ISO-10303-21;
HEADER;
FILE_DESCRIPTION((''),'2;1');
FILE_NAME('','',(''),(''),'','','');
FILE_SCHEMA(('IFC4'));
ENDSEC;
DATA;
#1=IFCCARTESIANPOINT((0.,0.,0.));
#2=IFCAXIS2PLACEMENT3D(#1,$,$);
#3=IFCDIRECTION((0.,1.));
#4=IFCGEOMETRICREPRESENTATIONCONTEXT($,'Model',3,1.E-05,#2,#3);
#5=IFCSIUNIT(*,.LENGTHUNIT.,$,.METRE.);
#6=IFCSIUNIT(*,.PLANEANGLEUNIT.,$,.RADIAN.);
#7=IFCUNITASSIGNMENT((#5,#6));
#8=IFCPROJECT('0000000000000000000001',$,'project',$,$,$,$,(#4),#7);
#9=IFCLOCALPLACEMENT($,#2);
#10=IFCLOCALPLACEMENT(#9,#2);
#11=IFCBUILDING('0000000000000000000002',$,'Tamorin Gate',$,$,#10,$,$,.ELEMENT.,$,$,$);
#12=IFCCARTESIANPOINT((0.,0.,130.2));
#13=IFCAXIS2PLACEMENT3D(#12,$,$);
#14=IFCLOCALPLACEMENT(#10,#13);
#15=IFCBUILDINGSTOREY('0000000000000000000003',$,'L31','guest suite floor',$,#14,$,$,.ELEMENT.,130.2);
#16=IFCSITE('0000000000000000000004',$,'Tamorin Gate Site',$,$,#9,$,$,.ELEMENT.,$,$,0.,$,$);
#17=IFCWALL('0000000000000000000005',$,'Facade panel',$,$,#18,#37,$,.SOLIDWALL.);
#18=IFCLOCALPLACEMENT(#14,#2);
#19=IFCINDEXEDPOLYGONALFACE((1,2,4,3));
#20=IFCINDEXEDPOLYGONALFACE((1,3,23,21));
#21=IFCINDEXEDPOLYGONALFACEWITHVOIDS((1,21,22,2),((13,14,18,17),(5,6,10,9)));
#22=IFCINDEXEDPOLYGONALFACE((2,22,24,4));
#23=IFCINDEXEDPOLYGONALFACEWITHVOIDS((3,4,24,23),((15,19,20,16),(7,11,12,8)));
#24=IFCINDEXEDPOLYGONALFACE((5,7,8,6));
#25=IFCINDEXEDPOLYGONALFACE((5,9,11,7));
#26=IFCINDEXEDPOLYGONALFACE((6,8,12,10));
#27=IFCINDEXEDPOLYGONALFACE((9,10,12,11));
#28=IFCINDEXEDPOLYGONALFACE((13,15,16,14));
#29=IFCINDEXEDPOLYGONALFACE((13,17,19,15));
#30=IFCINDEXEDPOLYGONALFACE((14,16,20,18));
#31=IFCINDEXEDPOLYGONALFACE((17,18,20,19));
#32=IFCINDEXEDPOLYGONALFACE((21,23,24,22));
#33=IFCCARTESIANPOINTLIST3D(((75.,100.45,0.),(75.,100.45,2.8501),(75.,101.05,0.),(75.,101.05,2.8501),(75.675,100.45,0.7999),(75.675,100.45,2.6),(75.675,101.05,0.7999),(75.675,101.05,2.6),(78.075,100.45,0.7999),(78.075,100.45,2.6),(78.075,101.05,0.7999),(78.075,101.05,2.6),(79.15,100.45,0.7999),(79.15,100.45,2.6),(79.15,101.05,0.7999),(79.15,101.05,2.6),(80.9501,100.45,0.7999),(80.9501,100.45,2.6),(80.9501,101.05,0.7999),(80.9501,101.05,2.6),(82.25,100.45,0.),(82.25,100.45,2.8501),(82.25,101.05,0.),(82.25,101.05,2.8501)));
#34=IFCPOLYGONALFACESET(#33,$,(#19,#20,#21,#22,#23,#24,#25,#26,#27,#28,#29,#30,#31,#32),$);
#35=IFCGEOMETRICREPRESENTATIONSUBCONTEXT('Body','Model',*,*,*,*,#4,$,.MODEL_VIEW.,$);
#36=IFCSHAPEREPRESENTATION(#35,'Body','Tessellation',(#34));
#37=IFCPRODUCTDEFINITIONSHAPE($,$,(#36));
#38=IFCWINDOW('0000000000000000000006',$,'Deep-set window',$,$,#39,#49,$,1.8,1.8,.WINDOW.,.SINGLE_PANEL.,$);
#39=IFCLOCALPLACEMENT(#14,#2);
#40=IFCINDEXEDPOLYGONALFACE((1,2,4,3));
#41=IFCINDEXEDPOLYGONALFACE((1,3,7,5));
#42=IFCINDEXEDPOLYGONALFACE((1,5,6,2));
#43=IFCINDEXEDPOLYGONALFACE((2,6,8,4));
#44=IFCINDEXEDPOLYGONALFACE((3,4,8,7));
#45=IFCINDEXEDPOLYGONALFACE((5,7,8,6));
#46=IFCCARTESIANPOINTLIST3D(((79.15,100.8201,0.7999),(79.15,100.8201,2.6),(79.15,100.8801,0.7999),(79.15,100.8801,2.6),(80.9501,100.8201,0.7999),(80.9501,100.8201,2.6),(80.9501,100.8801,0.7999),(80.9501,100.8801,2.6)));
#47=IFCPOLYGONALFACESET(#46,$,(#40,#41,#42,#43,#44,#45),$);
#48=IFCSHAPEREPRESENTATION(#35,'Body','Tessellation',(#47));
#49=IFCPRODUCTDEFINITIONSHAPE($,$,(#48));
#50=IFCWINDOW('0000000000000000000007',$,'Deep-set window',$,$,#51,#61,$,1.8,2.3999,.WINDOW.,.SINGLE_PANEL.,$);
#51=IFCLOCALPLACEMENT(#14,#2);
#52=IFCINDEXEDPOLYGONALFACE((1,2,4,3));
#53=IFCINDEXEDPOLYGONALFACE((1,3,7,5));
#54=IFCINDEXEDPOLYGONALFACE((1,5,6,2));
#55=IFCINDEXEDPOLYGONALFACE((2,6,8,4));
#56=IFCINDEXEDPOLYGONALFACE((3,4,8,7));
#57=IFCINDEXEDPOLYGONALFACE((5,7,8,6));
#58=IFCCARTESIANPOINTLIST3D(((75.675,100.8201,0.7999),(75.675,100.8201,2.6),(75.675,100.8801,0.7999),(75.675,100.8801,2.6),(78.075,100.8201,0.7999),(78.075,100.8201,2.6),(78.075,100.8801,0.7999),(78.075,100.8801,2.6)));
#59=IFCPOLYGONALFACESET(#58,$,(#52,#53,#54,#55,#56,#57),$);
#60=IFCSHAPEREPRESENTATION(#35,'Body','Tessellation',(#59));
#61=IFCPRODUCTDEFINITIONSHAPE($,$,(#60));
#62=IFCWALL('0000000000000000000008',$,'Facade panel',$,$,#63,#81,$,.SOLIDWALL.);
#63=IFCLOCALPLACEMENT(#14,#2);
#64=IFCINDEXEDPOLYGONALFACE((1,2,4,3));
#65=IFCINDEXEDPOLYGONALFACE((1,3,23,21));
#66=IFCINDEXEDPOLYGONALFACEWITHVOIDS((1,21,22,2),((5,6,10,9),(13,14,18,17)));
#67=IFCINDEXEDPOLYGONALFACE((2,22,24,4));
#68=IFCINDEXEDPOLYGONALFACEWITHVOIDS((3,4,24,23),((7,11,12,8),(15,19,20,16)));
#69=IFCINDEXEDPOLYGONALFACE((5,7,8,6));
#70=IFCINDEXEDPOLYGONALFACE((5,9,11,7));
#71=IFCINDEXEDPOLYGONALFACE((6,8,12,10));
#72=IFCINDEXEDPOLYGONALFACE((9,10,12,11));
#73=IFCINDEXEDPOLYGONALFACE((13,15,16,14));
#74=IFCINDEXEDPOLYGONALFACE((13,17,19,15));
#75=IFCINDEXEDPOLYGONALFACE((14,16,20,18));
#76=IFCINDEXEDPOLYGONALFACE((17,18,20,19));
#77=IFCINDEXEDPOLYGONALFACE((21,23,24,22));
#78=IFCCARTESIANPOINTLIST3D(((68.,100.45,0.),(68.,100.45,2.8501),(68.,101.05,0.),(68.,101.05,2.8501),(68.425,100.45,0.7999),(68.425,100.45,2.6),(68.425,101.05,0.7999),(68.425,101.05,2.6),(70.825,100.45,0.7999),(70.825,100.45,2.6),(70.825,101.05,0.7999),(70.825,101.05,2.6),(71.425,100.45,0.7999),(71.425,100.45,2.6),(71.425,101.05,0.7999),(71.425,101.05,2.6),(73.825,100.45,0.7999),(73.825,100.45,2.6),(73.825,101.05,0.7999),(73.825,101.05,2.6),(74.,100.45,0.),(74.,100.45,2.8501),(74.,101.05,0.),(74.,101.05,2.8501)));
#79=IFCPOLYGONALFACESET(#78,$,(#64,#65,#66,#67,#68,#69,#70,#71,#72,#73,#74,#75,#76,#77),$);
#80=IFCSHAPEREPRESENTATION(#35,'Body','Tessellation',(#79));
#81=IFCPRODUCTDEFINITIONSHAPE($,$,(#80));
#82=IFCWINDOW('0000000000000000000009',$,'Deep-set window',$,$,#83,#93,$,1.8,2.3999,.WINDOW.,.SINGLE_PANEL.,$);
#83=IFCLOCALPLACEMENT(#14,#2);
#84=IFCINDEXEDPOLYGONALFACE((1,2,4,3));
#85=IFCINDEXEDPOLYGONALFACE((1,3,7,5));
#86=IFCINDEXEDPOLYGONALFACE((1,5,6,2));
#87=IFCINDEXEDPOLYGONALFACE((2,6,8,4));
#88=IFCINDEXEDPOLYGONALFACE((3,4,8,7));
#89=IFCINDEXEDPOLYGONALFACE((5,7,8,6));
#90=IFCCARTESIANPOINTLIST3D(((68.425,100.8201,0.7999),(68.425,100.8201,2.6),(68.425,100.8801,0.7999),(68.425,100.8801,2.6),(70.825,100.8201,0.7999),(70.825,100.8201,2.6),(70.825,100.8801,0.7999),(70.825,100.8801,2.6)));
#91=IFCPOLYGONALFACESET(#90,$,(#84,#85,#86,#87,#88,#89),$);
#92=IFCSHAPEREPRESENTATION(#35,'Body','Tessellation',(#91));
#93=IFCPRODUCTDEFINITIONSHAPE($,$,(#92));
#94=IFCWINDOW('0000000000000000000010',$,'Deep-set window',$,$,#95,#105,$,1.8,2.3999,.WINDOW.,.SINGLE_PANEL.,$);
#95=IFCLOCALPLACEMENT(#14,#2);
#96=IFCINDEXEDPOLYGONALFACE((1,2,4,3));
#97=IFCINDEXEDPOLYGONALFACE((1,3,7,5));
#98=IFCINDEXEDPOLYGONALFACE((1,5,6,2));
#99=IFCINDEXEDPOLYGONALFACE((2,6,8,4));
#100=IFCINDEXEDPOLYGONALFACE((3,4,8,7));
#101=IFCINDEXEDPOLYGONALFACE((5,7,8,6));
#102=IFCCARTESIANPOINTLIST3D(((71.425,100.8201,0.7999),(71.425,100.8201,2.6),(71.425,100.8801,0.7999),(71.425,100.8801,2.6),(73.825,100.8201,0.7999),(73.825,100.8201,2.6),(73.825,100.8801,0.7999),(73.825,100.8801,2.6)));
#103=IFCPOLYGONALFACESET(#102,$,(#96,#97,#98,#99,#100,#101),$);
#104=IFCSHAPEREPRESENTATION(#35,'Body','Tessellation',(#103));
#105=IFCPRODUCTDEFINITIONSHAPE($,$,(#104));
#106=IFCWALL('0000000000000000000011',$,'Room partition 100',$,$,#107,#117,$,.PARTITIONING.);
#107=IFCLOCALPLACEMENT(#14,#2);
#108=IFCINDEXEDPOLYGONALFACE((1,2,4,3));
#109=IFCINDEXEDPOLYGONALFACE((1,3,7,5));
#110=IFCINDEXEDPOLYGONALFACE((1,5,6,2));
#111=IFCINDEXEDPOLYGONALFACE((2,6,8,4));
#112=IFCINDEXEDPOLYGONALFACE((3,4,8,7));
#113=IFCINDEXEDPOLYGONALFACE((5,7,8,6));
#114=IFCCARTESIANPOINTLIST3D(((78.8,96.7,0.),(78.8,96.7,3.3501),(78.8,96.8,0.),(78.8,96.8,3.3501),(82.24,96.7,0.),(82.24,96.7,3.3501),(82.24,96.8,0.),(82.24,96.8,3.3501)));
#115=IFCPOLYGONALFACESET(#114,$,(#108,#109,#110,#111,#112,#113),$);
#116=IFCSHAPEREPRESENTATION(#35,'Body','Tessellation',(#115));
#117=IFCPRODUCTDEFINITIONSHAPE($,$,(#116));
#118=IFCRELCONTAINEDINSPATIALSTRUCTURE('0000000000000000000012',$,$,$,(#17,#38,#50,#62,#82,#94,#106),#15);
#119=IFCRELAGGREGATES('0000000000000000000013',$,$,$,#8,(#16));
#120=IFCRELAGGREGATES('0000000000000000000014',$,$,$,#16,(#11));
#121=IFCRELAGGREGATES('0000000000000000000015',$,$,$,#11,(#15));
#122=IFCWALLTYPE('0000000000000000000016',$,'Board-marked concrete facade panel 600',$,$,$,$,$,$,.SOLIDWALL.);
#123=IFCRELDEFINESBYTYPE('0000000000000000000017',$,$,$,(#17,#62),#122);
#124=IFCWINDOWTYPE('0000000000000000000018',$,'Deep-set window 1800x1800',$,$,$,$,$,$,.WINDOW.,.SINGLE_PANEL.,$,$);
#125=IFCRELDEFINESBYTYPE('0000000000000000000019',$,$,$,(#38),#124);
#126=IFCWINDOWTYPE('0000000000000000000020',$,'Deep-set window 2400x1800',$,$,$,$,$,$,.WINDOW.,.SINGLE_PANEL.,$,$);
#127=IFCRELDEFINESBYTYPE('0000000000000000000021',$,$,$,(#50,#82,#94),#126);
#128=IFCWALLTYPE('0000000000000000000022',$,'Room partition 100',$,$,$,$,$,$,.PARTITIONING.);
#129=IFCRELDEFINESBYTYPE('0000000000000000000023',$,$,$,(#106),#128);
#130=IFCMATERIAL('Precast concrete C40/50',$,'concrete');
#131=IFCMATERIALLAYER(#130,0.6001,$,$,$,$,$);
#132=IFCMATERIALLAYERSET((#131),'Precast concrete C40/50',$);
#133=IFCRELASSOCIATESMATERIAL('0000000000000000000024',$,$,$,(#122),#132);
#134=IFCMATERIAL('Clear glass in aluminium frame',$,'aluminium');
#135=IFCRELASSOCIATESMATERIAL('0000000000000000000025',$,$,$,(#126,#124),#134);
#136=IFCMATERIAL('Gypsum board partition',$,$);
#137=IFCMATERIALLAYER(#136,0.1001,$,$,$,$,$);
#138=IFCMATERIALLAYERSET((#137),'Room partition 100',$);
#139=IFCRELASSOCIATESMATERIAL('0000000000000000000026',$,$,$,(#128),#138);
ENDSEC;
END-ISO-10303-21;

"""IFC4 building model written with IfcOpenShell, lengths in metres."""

from ifc_helpers import new_model, si_unit, direction, frame, frame_2d, origin, place, context, subcontext, project, spatial, rectangle, extrude, material, layer, layer_set, type_object, element, fill, save


model = new_model("IFC4")

# Units and contexts
model_context = context("Model", 3, precision=1e-05, world=origin(), true_north=direction((0.0, 1.0)))
body_context = subcontext(model_context, "Body", "Model", "MODEL_VIEW")
ifc_project = project(units=[si_unit("LENGTHUNIT", "METRE"), si_unit("PLANEANGLEUNIT", "RADIAN")], contexts=[model_context])

# Site, building, storey
site_placement = place(None, origin())
site = spatial("IfcSite", under=ifc_project, at=site_placement, Name="Tamorin Gate Site", CompositionType="ELEMENT", RefElevation=0.0)
building_placement = place(site_placement, origin())
building = spatial("IfcBuilding", under=site, at=building_placement, Name="Tamorin Gate", CompositionType="ELEMENT")
storey_placement = place(building_placement, frame((0.0, 0.0, 130.2)))
storey = spatial("IfcBuildingStorey", under=building, at=storey_placement, Name="L31", Description="guest suite floor", CompositionType="ELEMENT", Elevation=130.2)

# Shared definitions
ifc_material_1 = material(Name="Precast concrete C40/50", Category="concrete")
ifc_layer_1 = layer(ifc_material_1, 0.6001)
ifc_layer_set_1 = layer_set([ifc_layer_1], Name="Precast concrete C40/50")
wall_type_1 = type_object("IfcWallType", Name="Board-marked concrete facade panel 600", PredefinedType="SOLIDWALL", material=ifc_layer_set_1)
ifc_material_2 = material(Name="Clear glass in aluminium frame", Category="aluminium")
window_type_1 = type_object("IfcWindowType", Name="Deep-set window 2400x1800", PartitioningType="SINGLE_PANEL", PredefinedType="WINDOW", material=ifc_material_2)

# Walls, openings, windows
wall_1_placement = place(storey_placement, frame((82.25, 100.75, 0.0), z_axis=(0.0, 0.0, 1.0), x_axis=(-1.0, 0.0, 0.0)))
wall_1 = element("IfcWall", 1, at=wall_1_placement, inside=storey, type_object=wall_type_1, Name="Facade panel", PredefinedType="SOLIDWALL", context=body_context, shape_type="SweptSolid", body=[
    extrude(rectangle(XDim=7.25, YDim=0.6001, at=frame_2d((3.625, 0.0))), origin(), (0.0, 0.0, 1.0), 2.8501),
])
opening_1_placement = place(wall_1_placement, frame((4.175, 0.0, 0.8)))
opening_1 = element("IfcOpeningElement", 2, at=opening_1_placement, cuts=wall_1, PredefinedType="OPENING", context=body_context, shape_type="SweptSolid", body=[
    extrude(rectangle(XDim=2.3999, YDim=1.8, at=frame_2d((1.2, 0.8999))), frame((0.0, 0.3101, 0.0), z_axis=(0.0, -1.0, 0.0), x_axis=(1.0, 0.0, 0.0)), (0.0, 0.0, 1.0), 0.6201),
])
opening_2_placement = place(wall_1_placement, frame((1.3, 0.0, 0.8)))
opening_2 = element("IfcOpeningElement", 3, at=opening_2_placement, cuts=wall_1, PredefinedType="OPENING", context=body_context, shape_type="SweptSolid", body=[
    extrude(rectangle(XDim=1.8, YDim=1.8, at=frame_2d((0.8999, 0.8999))), frame((0.0, 0.3101, 0.0), z_axis=(0.0, -1.0, 0.0), x_axis=(1.0, 0.0, 0.0)), (0.0, 0.0, 1.0), 0.6201),
])
window_type_2 = type_object("IfcWindowType", Name="Deep-set window 1800x1800", PartitioningType="SINGLE_PANEL", PredefinedType="WINDOW", material=ifc_material_2)
window_1_placement = place(opening_2_placement, origin())
window_1 = element("IfcWindow", 4, at=window_1_placement, inside=storey, type_object=window_type_2, Name="Deep-set window", OverallHeight=1.8, OverallWidth=1.8, PartitioningType="SINGLE_PANEL", PredefinedType="WINDOW", context=body_context, shape_type="SweptSolid", body=[
    extrude(rectangle(XDim=1.8, YDim=1.8, at=frame_2d((0.8999, 0.8999))), frame((0.0, -0.0701, 0.0), z_axis=(0.0, -1.0, 0.0), x_axis=(1.0, 0.0, 0.0)), (0.0, 0.0, 1.0), 0.0601),
])
fill(opening_2, window_1)
window_2_placement = place(opening_1_placement, origin())
window_2 = element("IfcWindow", 5, at=window_2_placement, inside=storey, type_object=window_type_1, Name="Deep-set window", OverallHeight=1.8, OverallWidth=2.3999, PartitioningType="SINGLE_PANEL", PredefinedType="WINDOW", context=body_context, shape_type="SweptSolid", body=[
    extrude(rectangle(XDim=2.3999, YDim=1.8, at=frame_2d((1.2, 0.8999))), frame((0.0, -0.0701, 0.0), z_axis=(0.0, -1.0, 0.0), x_axis=(1.0, 0.0, 0.0)), (0.0, 0.0, 1.0), 0.0601),
])
fill(opening_1, window_2)
wall_2_placement = place(storey_placement, frame((74.0, 100.75, 0.0), z_axis=(0.0, 0.0, 1.0), x_axis=(-1.0, 0.0, 0.0)))
wall_2 = element("IfcWall", 6, at=wall_2_placement, inside=storey, type_object=wall_type_1, Name="Facade panel", PredefinedType="SOLIDWALL", context=body_context, shape_type="SweptSolid", body=[
    extrude(rectangle(XDim=6.0, YDim=0.6001, at=frame_2d((3.0, 0.0))), origin(), (0.0, 0.0, 1.0), 2.8501),
])
opening_3_placement = place(wall_2_placement, frame((3.175, 0.0, 0.8)))
opening_3 = element("IfcOpeningElement", 7, at=opening_3_placement, cuts=wall_2, PredefinedType="OPENING", context=body_context, shape_type="SweptSolid", body=[
    extrude(rectangle(XDim=2.3999, YDim=1.8, at=frame_2d((1.2, 0.8999))), frame((0.0, 0.3101, 0.0), z_axis=(0.0, -1.0, 0.0), x_axis=(1.0, 0.0, 0.0)), (0.0, 0.0, 1.0), 0.6201),
])
opening_4_placement = place(wall_2_placement, frame((0.175, 0.0, 0.8)))
opening_4 = element("IfcOpeningElement", 8, at=opening_4_placement, cuts=wall_2, PredefinedType="OPENING", context=body_context, shape_type="SweptSolid", body=[
    extrude(rectangle(XDim=2.3999, YDim=1.8, at=frame_2d((1.2, 0.8999))), frame((0.0, 0.3101, 0.0), z_axis=(0.0, -1.0, 0.0), x_axis=(1.0, 0.0, 0.0)), (0.0, 0.0, 1.0), 0.6201),
])
window_3_placement = place(opening_3_placement, origin())
window_3 = element("IfcWindow", 9, at=window_3_placement, inside=storey, type_object=window_type_1, Name="Deep-set window", OverallHeight=1.8, OverallWidth=2.3999, PartitioningType="SINGLE_PANEL", PredefinedType="WINDOW", context=body_context, shape_type="SweptSolid", body=[
    extrude(rectangle(XDim=2.3999, YDim=1.8, at=frame_2d((1.2, 0.8999))), frame((0.0, -0.0701, 0.0), z_axis=(0.0, -1.0, 0.0), x_axis=(1.0, 0.0, 0.0)), (0.0, 0.0, 1.0), 0.0601),
])
fill(opening_3, window_3)
window_4_placement = place(opening_4_placement, origin())
window_4 = element("IfcWindow", 10, at=window_4_placement, inside=storey, type_object=window_type_1, Name="Deep-set window", OverallHeight=1.8, OverallWidth=2.3999, PartitioningType="SINGLE_PANEL", PredefinedType="WINDOW", context=body_context, shape_type="SweptSolid", body=[
    extrude(rectangle(XDim=2.3999, YDim=1.8, at=frame_2d((1.2, 0.8999))), frame((0.0, -0.0701, 0.0), z_axis=(0.0, -1.0, 0.0), x_axis=(1.0, 0.0, 0.0)), (0.0, 0.0, 1.0), 0.0601),
])
fill(opening_4, window_4)

# Wall
ifc_material_3 = material(Name="Gypsum board partition")
ifc_layer_2 = layer(ifc_material_3, 0.1001)
ifc_layer_set_2 = layer_set([ifc_layer_2], Name="Room partition 100")
wall_type_2 = type_object("IfcWallType", Name="Room partition 100", PredefinedType="PARTITIONING", material=ifc_layer_set_2)
wall_3_placement = place(storey_placement, frame((78.8, 96.75, 0.0), z_axis=(0.0, 0.0, 1.0), x_axis=(1.0, 0.0, 0.0)))
element("IfcWall", 11, at=wall_3_placement, inside=storey, type_object=wall_type_2, Name="Room partition 100", PredefinedType="PARTITIONING", context=body_context, shape_type="SweptSolid", body=[
    extrude(rectangle(XDim=3.4399, YDim=0.1001, at=frame_2d((1.72, 0.0))), origin(), (0.0, 0.0, 1.0), 3.3501),
])

save(model, "model.ifc")
